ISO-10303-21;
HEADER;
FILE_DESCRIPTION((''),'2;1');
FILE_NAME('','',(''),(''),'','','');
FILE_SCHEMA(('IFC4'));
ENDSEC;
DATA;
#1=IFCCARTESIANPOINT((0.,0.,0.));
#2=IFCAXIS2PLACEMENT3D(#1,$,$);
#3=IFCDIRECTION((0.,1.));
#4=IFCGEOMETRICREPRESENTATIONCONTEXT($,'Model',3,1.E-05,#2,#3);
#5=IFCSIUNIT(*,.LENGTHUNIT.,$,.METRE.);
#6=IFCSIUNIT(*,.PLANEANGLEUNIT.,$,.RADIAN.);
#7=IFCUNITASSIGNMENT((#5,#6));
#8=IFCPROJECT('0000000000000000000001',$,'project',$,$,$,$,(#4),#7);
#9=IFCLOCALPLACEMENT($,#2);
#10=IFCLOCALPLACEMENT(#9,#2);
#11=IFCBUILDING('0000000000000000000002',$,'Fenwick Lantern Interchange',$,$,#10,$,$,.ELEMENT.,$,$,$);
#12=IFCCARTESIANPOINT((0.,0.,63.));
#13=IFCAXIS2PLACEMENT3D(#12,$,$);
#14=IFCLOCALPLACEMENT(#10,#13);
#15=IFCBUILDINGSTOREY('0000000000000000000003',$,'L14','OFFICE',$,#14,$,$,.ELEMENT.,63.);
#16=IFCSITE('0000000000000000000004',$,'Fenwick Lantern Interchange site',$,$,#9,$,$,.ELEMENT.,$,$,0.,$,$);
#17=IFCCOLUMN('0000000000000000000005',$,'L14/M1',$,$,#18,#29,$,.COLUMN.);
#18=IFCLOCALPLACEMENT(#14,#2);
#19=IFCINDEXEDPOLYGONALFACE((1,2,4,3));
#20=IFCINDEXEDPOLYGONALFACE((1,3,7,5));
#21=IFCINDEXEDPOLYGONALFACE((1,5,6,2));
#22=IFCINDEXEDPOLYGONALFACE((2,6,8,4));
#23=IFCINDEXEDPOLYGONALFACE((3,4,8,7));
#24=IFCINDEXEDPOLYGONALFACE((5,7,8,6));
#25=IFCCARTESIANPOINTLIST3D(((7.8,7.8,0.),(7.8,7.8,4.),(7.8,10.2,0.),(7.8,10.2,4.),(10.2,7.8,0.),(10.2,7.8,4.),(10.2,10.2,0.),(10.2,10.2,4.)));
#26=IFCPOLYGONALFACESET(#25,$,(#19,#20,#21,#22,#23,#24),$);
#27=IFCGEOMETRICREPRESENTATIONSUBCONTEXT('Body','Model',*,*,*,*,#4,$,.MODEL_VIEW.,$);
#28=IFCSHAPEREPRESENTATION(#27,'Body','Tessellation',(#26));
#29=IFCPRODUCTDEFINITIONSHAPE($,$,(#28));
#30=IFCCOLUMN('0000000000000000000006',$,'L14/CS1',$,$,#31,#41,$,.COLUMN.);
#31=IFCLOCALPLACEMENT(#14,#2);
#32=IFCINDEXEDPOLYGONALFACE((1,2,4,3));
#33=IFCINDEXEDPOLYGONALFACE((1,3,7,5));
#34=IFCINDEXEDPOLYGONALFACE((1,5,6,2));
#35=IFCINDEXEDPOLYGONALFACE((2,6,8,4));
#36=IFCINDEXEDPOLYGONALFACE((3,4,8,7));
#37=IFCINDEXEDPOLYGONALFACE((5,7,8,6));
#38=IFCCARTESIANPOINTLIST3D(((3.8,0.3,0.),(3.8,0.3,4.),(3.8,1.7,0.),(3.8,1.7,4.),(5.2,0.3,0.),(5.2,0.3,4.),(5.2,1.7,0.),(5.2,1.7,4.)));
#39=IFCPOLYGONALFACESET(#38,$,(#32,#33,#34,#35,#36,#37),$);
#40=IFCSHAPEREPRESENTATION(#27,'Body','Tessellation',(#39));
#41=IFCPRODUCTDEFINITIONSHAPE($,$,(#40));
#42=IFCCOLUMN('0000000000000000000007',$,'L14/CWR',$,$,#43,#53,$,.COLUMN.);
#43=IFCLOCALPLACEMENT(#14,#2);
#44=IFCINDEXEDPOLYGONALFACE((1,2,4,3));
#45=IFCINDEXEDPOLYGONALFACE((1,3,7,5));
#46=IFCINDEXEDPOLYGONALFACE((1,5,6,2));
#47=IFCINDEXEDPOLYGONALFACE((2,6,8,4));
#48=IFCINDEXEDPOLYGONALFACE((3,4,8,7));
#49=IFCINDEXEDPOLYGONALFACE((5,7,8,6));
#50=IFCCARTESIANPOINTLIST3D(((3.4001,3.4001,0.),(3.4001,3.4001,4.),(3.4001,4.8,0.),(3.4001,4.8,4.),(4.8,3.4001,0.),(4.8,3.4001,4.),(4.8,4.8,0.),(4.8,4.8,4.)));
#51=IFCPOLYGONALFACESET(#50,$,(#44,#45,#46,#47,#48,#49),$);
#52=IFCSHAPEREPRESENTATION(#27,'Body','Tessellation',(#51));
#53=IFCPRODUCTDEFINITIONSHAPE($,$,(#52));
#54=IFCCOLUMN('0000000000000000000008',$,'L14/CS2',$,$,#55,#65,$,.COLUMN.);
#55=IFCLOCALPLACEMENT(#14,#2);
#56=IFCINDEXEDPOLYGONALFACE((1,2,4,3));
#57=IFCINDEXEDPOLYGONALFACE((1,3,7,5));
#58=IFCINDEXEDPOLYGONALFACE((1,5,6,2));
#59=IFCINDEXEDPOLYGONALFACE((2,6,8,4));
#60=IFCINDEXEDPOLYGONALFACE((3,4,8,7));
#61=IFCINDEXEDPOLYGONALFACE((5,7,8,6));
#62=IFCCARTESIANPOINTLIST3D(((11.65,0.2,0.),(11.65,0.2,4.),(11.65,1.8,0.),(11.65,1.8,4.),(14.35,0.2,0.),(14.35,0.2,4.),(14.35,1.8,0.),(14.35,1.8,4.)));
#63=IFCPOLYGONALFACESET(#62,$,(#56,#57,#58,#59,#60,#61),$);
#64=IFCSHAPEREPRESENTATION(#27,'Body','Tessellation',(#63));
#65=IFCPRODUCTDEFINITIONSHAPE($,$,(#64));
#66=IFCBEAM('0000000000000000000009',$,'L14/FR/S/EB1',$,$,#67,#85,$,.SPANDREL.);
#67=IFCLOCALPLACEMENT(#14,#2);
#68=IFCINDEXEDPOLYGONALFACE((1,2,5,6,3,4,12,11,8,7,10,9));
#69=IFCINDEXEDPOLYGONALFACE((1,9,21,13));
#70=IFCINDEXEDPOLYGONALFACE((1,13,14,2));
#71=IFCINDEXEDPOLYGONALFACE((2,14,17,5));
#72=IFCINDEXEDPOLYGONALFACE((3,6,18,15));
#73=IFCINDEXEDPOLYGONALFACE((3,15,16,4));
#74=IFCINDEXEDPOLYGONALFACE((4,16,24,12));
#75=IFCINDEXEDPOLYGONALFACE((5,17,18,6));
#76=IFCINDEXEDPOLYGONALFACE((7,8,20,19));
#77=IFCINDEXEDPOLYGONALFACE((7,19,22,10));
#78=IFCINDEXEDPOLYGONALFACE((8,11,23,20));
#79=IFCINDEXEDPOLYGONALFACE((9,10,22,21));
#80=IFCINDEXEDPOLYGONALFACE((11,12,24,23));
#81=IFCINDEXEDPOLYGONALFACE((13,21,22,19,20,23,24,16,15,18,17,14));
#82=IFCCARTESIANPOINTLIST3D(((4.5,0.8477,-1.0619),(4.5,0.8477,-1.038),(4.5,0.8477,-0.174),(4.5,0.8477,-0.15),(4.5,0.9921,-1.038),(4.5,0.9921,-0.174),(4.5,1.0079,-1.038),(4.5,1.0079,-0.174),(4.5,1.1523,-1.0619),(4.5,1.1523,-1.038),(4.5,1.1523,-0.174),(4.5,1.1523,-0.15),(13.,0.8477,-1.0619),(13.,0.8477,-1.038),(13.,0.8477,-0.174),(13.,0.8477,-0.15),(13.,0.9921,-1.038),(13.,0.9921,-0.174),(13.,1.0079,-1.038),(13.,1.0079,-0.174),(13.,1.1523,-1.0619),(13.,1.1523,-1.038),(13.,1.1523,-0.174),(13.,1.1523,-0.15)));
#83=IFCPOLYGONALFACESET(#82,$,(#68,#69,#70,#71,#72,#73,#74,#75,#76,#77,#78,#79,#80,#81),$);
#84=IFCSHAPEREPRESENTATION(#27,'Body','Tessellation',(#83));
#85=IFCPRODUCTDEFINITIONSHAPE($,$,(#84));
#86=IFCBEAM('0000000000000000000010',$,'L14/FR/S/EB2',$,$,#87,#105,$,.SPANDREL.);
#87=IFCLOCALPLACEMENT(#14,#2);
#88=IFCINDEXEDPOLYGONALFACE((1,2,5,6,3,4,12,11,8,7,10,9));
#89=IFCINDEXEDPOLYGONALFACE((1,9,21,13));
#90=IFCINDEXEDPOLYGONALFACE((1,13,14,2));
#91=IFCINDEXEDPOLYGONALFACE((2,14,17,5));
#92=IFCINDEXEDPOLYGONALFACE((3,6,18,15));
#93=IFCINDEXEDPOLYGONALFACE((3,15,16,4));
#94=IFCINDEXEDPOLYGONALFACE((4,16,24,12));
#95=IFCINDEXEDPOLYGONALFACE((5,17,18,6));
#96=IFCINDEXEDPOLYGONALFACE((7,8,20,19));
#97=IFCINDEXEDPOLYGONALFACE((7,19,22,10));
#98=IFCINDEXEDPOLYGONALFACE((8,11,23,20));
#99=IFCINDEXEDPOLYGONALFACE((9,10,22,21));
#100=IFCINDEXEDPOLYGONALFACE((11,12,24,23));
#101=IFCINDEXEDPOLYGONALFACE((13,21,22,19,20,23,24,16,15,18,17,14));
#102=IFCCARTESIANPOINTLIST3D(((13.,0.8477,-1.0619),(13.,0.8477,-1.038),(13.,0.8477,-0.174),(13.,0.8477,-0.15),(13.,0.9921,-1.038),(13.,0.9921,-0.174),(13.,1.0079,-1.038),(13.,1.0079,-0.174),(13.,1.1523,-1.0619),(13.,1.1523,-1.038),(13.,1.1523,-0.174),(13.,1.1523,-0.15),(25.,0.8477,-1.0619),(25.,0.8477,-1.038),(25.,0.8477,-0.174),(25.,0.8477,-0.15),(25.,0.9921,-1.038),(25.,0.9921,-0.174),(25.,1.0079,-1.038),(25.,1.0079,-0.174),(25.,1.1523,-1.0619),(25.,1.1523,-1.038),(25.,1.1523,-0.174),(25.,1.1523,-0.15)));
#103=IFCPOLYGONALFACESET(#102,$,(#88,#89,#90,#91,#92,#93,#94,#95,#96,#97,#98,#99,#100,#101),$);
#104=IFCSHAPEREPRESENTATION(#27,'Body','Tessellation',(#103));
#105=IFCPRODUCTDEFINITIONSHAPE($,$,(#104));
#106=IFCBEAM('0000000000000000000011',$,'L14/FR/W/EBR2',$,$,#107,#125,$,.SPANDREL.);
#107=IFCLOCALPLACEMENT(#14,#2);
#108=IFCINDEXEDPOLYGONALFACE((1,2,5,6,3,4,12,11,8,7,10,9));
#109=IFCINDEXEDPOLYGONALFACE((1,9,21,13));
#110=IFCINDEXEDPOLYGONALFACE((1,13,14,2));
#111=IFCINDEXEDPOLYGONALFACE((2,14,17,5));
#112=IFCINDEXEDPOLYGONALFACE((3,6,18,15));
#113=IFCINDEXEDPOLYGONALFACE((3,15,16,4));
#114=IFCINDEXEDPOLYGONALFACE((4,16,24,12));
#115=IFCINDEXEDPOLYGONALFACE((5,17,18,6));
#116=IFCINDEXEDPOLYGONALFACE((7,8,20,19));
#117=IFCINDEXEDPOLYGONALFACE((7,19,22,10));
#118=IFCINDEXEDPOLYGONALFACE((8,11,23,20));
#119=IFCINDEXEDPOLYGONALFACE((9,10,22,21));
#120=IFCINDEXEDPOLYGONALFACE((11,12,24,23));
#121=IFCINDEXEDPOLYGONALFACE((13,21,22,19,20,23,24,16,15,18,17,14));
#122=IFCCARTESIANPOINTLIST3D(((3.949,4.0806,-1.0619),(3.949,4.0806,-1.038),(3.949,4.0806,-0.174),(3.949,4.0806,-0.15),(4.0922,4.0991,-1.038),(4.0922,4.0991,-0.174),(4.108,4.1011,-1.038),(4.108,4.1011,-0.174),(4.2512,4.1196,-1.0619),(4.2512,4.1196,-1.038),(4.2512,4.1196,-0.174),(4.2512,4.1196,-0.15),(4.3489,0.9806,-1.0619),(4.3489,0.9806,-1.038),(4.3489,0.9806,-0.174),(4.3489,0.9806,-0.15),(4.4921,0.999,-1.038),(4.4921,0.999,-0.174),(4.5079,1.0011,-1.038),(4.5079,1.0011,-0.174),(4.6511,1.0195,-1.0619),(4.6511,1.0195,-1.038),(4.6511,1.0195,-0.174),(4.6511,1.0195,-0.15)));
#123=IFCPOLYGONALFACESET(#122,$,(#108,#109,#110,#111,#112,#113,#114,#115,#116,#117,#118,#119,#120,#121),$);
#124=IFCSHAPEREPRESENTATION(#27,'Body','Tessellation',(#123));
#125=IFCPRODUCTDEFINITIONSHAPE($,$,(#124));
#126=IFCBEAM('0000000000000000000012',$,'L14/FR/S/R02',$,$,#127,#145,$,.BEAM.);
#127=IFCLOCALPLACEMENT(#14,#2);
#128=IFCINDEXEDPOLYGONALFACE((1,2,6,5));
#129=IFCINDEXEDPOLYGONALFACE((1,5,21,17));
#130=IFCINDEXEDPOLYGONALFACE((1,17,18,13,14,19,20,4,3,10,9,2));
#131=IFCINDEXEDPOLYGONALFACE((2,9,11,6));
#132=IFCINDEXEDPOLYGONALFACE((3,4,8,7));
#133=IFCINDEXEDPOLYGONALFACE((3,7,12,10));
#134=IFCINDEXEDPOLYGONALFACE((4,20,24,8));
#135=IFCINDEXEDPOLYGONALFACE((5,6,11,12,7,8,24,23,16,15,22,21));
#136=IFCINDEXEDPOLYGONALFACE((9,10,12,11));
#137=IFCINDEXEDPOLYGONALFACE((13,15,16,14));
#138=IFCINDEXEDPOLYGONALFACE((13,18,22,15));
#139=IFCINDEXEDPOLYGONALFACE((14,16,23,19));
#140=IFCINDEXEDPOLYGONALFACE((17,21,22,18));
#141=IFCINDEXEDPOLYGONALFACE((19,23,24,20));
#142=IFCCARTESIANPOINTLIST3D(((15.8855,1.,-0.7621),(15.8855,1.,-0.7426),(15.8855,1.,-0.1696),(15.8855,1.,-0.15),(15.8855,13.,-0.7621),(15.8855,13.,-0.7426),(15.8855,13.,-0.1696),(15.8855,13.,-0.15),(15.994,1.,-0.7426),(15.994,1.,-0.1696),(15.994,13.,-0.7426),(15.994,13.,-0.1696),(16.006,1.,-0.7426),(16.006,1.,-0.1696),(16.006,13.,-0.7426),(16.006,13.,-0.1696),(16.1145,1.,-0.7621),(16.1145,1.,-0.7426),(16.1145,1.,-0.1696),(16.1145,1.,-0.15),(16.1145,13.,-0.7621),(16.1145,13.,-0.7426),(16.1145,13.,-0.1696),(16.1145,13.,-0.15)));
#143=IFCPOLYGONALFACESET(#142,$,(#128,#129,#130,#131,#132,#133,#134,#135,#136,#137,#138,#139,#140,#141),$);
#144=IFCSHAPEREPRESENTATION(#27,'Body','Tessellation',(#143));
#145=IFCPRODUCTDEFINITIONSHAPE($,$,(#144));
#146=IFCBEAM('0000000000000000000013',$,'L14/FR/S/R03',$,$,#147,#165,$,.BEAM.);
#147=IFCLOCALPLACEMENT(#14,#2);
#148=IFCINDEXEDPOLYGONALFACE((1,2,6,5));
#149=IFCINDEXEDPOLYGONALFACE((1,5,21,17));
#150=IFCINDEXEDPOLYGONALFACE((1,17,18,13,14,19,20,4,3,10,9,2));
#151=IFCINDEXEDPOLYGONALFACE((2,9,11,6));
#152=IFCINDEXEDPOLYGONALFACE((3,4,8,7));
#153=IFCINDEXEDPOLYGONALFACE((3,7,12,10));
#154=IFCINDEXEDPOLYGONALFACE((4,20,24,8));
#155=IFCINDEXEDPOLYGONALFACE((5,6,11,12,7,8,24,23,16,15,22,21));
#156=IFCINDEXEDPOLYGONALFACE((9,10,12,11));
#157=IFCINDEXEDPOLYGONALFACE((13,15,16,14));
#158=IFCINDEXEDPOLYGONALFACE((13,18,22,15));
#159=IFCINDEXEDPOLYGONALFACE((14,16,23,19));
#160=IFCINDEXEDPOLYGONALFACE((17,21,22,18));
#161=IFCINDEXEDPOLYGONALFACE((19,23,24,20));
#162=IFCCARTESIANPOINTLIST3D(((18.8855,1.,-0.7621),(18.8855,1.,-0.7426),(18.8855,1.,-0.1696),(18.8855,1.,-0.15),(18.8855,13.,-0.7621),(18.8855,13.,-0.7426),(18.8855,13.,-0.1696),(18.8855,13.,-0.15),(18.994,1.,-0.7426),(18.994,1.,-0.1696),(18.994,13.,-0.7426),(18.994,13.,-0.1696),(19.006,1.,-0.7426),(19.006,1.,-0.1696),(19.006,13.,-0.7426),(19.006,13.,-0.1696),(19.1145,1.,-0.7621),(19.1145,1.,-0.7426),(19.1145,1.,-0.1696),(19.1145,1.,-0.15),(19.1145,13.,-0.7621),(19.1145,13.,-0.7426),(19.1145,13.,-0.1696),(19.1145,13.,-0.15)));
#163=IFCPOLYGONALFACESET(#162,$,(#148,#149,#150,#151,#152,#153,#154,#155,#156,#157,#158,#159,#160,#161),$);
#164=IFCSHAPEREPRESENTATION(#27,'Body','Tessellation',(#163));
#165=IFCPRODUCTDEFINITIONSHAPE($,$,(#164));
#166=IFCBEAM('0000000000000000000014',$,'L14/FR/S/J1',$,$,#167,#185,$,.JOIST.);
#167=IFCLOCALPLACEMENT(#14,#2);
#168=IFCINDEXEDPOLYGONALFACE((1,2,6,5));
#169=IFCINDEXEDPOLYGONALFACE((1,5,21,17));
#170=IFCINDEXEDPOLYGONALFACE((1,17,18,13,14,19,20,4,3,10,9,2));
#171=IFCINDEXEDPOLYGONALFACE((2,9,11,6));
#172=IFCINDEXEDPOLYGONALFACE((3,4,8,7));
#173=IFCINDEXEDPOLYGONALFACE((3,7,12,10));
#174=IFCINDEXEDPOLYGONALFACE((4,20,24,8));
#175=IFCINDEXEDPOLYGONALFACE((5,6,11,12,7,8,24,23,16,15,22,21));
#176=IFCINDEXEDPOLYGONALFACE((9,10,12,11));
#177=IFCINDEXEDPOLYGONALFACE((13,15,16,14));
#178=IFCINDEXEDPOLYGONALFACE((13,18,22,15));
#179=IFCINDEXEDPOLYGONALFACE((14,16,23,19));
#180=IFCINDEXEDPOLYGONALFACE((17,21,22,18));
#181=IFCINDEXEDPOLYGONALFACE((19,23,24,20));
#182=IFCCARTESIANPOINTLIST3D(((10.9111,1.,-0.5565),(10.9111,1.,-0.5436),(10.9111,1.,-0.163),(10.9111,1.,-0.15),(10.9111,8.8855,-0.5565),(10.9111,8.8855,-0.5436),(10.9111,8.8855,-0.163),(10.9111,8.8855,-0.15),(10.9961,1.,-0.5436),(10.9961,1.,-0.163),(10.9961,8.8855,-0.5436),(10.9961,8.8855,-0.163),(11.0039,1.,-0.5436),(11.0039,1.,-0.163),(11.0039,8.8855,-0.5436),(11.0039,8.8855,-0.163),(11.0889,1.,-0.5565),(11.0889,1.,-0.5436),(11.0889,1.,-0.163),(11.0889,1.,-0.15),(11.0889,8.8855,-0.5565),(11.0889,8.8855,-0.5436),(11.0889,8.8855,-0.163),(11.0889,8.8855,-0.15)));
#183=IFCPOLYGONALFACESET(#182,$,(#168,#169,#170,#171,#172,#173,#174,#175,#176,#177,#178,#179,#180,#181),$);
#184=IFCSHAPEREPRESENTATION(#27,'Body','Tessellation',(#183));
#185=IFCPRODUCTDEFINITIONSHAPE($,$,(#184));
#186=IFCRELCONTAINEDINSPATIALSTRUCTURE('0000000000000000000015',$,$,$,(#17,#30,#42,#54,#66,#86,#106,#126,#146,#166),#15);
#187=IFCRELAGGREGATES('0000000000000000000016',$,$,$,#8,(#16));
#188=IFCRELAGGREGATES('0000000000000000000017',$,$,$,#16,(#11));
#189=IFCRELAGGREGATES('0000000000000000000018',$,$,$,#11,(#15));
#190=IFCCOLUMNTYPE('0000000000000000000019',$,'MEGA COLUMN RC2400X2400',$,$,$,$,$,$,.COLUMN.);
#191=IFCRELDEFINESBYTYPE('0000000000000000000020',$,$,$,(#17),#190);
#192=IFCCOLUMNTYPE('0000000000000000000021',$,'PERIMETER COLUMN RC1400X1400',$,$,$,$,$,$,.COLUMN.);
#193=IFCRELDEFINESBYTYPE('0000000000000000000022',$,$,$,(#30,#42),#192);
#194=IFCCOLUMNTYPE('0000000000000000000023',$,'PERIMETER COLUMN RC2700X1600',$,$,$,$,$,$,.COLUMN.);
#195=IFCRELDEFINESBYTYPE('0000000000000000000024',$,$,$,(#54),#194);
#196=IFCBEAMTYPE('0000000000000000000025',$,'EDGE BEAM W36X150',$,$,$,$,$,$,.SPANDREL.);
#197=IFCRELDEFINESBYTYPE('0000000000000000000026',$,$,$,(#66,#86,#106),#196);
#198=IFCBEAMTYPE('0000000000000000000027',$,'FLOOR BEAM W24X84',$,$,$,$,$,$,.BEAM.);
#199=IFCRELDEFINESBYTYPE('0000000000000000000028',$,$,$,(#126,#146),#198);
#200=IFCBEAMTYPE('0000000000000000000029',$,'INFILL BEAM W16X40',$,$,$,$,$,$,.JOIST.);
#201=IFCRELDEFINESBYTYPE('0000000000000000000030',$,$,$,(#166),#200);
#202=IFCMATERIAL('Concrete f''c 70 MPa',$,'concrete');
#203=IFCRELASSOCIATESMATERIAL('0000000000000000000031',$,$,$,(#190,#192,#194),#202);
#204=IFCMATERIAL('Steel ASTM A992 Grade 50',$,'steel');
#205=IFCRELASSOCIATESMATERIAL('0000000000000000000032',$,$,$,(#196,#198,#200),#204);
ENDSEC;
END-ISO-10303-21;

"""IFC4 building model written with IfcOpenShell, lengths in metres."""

from ifc_helpers import new_model, si_unit, direction, frame, origin, origin_2d, place, context, subcontext, project, spatial, rectangle, i_section, extrude, material, material_profile, profile_set, type_object, element, save


model = new_model("IFC4")

# Units and contexts
model_context = context("Model", 3, precision=1e-05, world=origin(), true_north=direction((0.0, 1.0)))
body_context = subcontext(model_context, "Body", "Model", "MODEL_VIEW")
ifc_project = project(units=[si_unit("LENGTHUNIT", "METRE"), si_unit("PLANEANGLEUNIT", "RADIAN")], contexts=[model_context])

# Site, building, storey
site_placement = place(None, origin())
site = spatial("IfcSite", under=ifc_project, at=site_placement, Name="Fenwick Lantern Interchange site", CompositionType="ELEMENT", RefElevation=0.0)
building_placement = place(site_placement, origin())
building = spatial("IfcBuilding", under=site, at=building_placement, Name="Fenwick Lantern Interchange", CompositionType="ELEMENT")
storey_placement = place(building_placement, frame((0.0, 0.0, 63.0)))
storey = spatial("IfcBuildingStorey", under=building, at=storey_placement, Name="L14", Description="OFFICE", CompositionType="ELEMENT", Elevation=63.0)

# Columns
ifc_material_1 = material(Name="Concrete f'c 70 MPa", Category="concrete")
ifc_material_profile_1 = material_profile(ifc_material_1, rectangle(XDim=2.3999, YDim=2.3999, at=origin_2d()), Name="RC2400X2400")
ifc_profile_set_1 = profile_set([ifc_material_profile_1], Name="Concrete f'c 70 MPa")
column_type_1 = type_object("IfcColumnType", Name="MEGA COLUMN RC2400X2400", PredefinedType="COLUMN", material=ifc_profile_set_1)
column_1_placement = place(storey_placement, frame((9.0, 9.0, 0.0), z_axis=(0.0, 0.0, 1.0), x_axis=(1.0, 0.0, 0.0)))
element("IfcColumn", 1, at=column_1_placement, inside=storey, type_object=column_type_1, Name="L14/M1", PredefinedType="COLUMN", context=body_context, shape_type="SweptSolid", body=[
    extrude(rectangle(XDim=2.3999, YDim=2.3999, at=origin_2d()), origin(), (0.0, 0.0, 1.0), 4.0),
])
ifc_material_profile_2 = material_profile(ifc_material_1, rectangle(XDim=1.3999, YDim=1.3999, at=origin_2d()), Name="RC1400X1400")
ifc_profile_set_2 = profile_set([ifc_material_profile_2], Name="Concrete f'c 70 MPa")
column_type_2 = type_object("IfcColumnType", Name="PERIMETER COLUMN RC1400X1400", PredefinedType="COLUMN", material=ifc_profile_set_2)
for number, where, z_axis, x_axis, name in (
    (2, (4.5, 1.0, 0.0), (0.0, 0.0, 1.0), (1.0, 0.0, 0.0), "L14/CS1"),
    (3, (4.1001, 4.1001, 0.0), (0.0, 0.0, 1.0), (1.0, 0.0, 0.0), "L14/CWR"),
):
    element("IfcColumn", number, at=place(storey_placement, frame(where, z_axis=z_axis, x_axis=x_axis)), inside=storey, type_object=column_type_2, Name=name, PredefinedType="COLUMN", context=body_context, shape_type="SweptSolid", body=[
        extrude(rectangle(XDim=1.3999, YDim=1.3999, at=origin_2d()), origin(), (0.0, 0.0, 1.0), 4.0),
    ])
ifc_material_profile_3 = material_profile(ifc_material_1, rectangle(XDim=2.7, YDim=1.6001, at=origin_2d()), Name="RC2700X1600")
ifc_profile_set_3 = profile_set([ifc_material_profile_3], Name="Concrete f'c 70 MPa")
column_type_3 = type_object("IfcColumnType", Name="PERIMETER COLUMN RC2700X1600", PredefinedType="COLUMN", material=ifc_profile_set_3)
column_2_placement = place(storey_placement, frame((13.0, 1.0, 0.0), z_axis=(0.0, 0.0, 1.0), x_axis=(1.0, 0.0, 0.0)))
element("IfcColumn", 4, at=column_2_placement, inside=storey, type_object=column_type_3, Name="L14/CS2", PredefinedType="COLUMN", context=body_context, shape_type="SweptSolid", body=[
    extrude(rectangle(XDim=2.7, YDim=1.6001, at=origin_2d()), origin(), (0.0, 0.0, 1.0), 4.0),
])

# Beams
ifc_material_2 = material(Name="Steel ASTM A992 Grade 50", Category="steel")
ifc_material_profile_4 = material_profile(ifc_material_2, i_section(OverallWidth=0.3047, OverallDepth=0.9119, WebThickness=0.0159, FlangeThickness=0.0239, at=origin_2d()), Name="W36X150")
ifc_profile_set_4 = profile_set([ifc_material_profile_4], Name="Steel ASTM A992 Grade 50")
beam_type_1 = type_object("IfcBeamType", Name="EDGE BEAM W36X150", PredefinedType="SPANDREL", material=ifc_profile_set_4)
beam_1_placement = place(storey_placement, frame((4.5, 1.0, -0.606), z_axis=(1.0, 0.0, 0.0), x_axis=(0.0, 1.0, 0.0)))
element("IfcBeam", 5, at=beam_1_placement, inside=storey, type_object=beam_type_1, Name="L14/FR/S/EB1", PredefinedType="SPANDREL", context=body_context, shape_type="SweptSolid", body=[
    extrude(i_section(OverallWidth=0.3047, OverallDepth=0.9119, WebThickness=0.0159, FlangeThickness=0.0239, at=origin_2d()), origin(), (0.0, 0.0, 1.0), 8.5),
])
beam_2_placement = place(storey_placement, frame((13.0, 1.0, -0.606), z_axis=(1.0, 0.0, 0.0), x_axis=(0.0, 1.0, 0.0)))
element("IfcBeam", 6, at=beam_2_placement, inside=storey, type_object=beam_type_1, Name="L14/FR/S/EB2", PredefinedType="SPANDREL", context=body_context, shape_type="SweptSolid", body=[
    extrude(i_section(OverallWidth=0.3047, OverallDepth=0.9119, WebThickness=0.0159, FlangeThickness=0.0239, at=origin_2d()), origin(), (0.0, 0.0, 1.0), 12.0),
])
beam_3_placement = place(storey_placement, frame((4.1001, 4.1001, -0.606), z_axis=(0.127937, -0.991782, 0.0), x_axis=(0.991782, 0.127937, 0.0)))
element("IfcBeam", 7, at=beam_3_placement, inside=storey, type_object=beam_type_1, Name="L14/FR/W/EBR2", PredefinedType="SPANDREL", context=body_context, shape_type="SweptSolid", body=[
    extrude(i_section(OverallWidth=0.3047, OverallDepth=0.9119, WebThickness=0.0159, FlangeThickness=0.0239, at=origin_2d()), origin(), (0.0, 0.0, 1.0), 3.1257),
])
ifc_material_profile_5 = material_profile(ifc_material_2, i_section(OverallWidth=0.229, OverallDepth=0.6121, WebThickness=0.012, FlangeThickness=0.0195, at=origin_2d()), Name="W24X84")
ifc_profile_set_5 = profile_set([ifc_material_profile_5], Name="Steel ASTM A992 Grade 50")
beam_type_2 = type_object("IfcBeamType", Name="FLOOR BEAM W24X84", PredefinedType="BEAM", material=ifc_profile_set_5)
for number, where, z_axis, x_axis, name in (
    (8, (16.0, 1.0, -0.4561), (0.0, 1.0, 0.0), (-1.0, 0.0, 0.0), "L14/FR/S/R02"),
    (9, (19.0, 1.0, -0.4561), (0.0, 1.0, 0.0), (-1.0, 0.0, 0.0), "L14/FR/S/R03"),
):
    element("IfcBeam", number, at=place(storey_placement, frame(where, z_axis=z_axis, x_axis=x_axis)), inside=storey, type_object=beam_type_2, Name=name, PredefinedType="BEAM", context=body_context, shape_type="SweptSolid", body=[
        extrude(i_section(OverallWidth=0.229, OverallDepth=0.6121, WebThickness=0.012, FlangeThickness=0.0195, at=origin_2d()), origin(), (0.0, 0.0, 1.0), 12.0),
    ])
ifc_material_profile_6 = material_profile(ifc_material_2, i_section(OverallWidth=0.1777, OverallDepth=0.4065, WebThickness=0.0078, FlangeThickness=0.0129, at=origin_2d()), Name="W16X40")
ifc_profile_set_6 = profile_set([ifc_material_profile_6], Name="Steel ASTM A992 Grade 50")
beam_type_3 = type_object("IfcBeamType", Name="INFILL BEAM W16X40", PredefinedType="JOIST", material=ifc_profile_set_6)
beam_4_placement = place(storey_placement, frame((11.0, 1.0, -0.3533), z_axis=(0.0, 1.0, 0.0), x_axis=(-1.0, 0.0, 0.0)))
element("IfcBeam", 10, at=beam_4_placement, inside=storey, type_object=beam_type_3, Name="L14/FR/S/J1", PredefinedType="JOIST", context=body_context, shape_type="SweptSolid", body=[
    extrude(i_section(OverallWidth=0.1777, OverallDepth=0.4065, WebThickness=0.0078, FlangeThickness=0.0129, at=origin_2d()), origin(), (0.0, 0.0, 1.0), 7.8855),
])

save(model, "model.ifc")
